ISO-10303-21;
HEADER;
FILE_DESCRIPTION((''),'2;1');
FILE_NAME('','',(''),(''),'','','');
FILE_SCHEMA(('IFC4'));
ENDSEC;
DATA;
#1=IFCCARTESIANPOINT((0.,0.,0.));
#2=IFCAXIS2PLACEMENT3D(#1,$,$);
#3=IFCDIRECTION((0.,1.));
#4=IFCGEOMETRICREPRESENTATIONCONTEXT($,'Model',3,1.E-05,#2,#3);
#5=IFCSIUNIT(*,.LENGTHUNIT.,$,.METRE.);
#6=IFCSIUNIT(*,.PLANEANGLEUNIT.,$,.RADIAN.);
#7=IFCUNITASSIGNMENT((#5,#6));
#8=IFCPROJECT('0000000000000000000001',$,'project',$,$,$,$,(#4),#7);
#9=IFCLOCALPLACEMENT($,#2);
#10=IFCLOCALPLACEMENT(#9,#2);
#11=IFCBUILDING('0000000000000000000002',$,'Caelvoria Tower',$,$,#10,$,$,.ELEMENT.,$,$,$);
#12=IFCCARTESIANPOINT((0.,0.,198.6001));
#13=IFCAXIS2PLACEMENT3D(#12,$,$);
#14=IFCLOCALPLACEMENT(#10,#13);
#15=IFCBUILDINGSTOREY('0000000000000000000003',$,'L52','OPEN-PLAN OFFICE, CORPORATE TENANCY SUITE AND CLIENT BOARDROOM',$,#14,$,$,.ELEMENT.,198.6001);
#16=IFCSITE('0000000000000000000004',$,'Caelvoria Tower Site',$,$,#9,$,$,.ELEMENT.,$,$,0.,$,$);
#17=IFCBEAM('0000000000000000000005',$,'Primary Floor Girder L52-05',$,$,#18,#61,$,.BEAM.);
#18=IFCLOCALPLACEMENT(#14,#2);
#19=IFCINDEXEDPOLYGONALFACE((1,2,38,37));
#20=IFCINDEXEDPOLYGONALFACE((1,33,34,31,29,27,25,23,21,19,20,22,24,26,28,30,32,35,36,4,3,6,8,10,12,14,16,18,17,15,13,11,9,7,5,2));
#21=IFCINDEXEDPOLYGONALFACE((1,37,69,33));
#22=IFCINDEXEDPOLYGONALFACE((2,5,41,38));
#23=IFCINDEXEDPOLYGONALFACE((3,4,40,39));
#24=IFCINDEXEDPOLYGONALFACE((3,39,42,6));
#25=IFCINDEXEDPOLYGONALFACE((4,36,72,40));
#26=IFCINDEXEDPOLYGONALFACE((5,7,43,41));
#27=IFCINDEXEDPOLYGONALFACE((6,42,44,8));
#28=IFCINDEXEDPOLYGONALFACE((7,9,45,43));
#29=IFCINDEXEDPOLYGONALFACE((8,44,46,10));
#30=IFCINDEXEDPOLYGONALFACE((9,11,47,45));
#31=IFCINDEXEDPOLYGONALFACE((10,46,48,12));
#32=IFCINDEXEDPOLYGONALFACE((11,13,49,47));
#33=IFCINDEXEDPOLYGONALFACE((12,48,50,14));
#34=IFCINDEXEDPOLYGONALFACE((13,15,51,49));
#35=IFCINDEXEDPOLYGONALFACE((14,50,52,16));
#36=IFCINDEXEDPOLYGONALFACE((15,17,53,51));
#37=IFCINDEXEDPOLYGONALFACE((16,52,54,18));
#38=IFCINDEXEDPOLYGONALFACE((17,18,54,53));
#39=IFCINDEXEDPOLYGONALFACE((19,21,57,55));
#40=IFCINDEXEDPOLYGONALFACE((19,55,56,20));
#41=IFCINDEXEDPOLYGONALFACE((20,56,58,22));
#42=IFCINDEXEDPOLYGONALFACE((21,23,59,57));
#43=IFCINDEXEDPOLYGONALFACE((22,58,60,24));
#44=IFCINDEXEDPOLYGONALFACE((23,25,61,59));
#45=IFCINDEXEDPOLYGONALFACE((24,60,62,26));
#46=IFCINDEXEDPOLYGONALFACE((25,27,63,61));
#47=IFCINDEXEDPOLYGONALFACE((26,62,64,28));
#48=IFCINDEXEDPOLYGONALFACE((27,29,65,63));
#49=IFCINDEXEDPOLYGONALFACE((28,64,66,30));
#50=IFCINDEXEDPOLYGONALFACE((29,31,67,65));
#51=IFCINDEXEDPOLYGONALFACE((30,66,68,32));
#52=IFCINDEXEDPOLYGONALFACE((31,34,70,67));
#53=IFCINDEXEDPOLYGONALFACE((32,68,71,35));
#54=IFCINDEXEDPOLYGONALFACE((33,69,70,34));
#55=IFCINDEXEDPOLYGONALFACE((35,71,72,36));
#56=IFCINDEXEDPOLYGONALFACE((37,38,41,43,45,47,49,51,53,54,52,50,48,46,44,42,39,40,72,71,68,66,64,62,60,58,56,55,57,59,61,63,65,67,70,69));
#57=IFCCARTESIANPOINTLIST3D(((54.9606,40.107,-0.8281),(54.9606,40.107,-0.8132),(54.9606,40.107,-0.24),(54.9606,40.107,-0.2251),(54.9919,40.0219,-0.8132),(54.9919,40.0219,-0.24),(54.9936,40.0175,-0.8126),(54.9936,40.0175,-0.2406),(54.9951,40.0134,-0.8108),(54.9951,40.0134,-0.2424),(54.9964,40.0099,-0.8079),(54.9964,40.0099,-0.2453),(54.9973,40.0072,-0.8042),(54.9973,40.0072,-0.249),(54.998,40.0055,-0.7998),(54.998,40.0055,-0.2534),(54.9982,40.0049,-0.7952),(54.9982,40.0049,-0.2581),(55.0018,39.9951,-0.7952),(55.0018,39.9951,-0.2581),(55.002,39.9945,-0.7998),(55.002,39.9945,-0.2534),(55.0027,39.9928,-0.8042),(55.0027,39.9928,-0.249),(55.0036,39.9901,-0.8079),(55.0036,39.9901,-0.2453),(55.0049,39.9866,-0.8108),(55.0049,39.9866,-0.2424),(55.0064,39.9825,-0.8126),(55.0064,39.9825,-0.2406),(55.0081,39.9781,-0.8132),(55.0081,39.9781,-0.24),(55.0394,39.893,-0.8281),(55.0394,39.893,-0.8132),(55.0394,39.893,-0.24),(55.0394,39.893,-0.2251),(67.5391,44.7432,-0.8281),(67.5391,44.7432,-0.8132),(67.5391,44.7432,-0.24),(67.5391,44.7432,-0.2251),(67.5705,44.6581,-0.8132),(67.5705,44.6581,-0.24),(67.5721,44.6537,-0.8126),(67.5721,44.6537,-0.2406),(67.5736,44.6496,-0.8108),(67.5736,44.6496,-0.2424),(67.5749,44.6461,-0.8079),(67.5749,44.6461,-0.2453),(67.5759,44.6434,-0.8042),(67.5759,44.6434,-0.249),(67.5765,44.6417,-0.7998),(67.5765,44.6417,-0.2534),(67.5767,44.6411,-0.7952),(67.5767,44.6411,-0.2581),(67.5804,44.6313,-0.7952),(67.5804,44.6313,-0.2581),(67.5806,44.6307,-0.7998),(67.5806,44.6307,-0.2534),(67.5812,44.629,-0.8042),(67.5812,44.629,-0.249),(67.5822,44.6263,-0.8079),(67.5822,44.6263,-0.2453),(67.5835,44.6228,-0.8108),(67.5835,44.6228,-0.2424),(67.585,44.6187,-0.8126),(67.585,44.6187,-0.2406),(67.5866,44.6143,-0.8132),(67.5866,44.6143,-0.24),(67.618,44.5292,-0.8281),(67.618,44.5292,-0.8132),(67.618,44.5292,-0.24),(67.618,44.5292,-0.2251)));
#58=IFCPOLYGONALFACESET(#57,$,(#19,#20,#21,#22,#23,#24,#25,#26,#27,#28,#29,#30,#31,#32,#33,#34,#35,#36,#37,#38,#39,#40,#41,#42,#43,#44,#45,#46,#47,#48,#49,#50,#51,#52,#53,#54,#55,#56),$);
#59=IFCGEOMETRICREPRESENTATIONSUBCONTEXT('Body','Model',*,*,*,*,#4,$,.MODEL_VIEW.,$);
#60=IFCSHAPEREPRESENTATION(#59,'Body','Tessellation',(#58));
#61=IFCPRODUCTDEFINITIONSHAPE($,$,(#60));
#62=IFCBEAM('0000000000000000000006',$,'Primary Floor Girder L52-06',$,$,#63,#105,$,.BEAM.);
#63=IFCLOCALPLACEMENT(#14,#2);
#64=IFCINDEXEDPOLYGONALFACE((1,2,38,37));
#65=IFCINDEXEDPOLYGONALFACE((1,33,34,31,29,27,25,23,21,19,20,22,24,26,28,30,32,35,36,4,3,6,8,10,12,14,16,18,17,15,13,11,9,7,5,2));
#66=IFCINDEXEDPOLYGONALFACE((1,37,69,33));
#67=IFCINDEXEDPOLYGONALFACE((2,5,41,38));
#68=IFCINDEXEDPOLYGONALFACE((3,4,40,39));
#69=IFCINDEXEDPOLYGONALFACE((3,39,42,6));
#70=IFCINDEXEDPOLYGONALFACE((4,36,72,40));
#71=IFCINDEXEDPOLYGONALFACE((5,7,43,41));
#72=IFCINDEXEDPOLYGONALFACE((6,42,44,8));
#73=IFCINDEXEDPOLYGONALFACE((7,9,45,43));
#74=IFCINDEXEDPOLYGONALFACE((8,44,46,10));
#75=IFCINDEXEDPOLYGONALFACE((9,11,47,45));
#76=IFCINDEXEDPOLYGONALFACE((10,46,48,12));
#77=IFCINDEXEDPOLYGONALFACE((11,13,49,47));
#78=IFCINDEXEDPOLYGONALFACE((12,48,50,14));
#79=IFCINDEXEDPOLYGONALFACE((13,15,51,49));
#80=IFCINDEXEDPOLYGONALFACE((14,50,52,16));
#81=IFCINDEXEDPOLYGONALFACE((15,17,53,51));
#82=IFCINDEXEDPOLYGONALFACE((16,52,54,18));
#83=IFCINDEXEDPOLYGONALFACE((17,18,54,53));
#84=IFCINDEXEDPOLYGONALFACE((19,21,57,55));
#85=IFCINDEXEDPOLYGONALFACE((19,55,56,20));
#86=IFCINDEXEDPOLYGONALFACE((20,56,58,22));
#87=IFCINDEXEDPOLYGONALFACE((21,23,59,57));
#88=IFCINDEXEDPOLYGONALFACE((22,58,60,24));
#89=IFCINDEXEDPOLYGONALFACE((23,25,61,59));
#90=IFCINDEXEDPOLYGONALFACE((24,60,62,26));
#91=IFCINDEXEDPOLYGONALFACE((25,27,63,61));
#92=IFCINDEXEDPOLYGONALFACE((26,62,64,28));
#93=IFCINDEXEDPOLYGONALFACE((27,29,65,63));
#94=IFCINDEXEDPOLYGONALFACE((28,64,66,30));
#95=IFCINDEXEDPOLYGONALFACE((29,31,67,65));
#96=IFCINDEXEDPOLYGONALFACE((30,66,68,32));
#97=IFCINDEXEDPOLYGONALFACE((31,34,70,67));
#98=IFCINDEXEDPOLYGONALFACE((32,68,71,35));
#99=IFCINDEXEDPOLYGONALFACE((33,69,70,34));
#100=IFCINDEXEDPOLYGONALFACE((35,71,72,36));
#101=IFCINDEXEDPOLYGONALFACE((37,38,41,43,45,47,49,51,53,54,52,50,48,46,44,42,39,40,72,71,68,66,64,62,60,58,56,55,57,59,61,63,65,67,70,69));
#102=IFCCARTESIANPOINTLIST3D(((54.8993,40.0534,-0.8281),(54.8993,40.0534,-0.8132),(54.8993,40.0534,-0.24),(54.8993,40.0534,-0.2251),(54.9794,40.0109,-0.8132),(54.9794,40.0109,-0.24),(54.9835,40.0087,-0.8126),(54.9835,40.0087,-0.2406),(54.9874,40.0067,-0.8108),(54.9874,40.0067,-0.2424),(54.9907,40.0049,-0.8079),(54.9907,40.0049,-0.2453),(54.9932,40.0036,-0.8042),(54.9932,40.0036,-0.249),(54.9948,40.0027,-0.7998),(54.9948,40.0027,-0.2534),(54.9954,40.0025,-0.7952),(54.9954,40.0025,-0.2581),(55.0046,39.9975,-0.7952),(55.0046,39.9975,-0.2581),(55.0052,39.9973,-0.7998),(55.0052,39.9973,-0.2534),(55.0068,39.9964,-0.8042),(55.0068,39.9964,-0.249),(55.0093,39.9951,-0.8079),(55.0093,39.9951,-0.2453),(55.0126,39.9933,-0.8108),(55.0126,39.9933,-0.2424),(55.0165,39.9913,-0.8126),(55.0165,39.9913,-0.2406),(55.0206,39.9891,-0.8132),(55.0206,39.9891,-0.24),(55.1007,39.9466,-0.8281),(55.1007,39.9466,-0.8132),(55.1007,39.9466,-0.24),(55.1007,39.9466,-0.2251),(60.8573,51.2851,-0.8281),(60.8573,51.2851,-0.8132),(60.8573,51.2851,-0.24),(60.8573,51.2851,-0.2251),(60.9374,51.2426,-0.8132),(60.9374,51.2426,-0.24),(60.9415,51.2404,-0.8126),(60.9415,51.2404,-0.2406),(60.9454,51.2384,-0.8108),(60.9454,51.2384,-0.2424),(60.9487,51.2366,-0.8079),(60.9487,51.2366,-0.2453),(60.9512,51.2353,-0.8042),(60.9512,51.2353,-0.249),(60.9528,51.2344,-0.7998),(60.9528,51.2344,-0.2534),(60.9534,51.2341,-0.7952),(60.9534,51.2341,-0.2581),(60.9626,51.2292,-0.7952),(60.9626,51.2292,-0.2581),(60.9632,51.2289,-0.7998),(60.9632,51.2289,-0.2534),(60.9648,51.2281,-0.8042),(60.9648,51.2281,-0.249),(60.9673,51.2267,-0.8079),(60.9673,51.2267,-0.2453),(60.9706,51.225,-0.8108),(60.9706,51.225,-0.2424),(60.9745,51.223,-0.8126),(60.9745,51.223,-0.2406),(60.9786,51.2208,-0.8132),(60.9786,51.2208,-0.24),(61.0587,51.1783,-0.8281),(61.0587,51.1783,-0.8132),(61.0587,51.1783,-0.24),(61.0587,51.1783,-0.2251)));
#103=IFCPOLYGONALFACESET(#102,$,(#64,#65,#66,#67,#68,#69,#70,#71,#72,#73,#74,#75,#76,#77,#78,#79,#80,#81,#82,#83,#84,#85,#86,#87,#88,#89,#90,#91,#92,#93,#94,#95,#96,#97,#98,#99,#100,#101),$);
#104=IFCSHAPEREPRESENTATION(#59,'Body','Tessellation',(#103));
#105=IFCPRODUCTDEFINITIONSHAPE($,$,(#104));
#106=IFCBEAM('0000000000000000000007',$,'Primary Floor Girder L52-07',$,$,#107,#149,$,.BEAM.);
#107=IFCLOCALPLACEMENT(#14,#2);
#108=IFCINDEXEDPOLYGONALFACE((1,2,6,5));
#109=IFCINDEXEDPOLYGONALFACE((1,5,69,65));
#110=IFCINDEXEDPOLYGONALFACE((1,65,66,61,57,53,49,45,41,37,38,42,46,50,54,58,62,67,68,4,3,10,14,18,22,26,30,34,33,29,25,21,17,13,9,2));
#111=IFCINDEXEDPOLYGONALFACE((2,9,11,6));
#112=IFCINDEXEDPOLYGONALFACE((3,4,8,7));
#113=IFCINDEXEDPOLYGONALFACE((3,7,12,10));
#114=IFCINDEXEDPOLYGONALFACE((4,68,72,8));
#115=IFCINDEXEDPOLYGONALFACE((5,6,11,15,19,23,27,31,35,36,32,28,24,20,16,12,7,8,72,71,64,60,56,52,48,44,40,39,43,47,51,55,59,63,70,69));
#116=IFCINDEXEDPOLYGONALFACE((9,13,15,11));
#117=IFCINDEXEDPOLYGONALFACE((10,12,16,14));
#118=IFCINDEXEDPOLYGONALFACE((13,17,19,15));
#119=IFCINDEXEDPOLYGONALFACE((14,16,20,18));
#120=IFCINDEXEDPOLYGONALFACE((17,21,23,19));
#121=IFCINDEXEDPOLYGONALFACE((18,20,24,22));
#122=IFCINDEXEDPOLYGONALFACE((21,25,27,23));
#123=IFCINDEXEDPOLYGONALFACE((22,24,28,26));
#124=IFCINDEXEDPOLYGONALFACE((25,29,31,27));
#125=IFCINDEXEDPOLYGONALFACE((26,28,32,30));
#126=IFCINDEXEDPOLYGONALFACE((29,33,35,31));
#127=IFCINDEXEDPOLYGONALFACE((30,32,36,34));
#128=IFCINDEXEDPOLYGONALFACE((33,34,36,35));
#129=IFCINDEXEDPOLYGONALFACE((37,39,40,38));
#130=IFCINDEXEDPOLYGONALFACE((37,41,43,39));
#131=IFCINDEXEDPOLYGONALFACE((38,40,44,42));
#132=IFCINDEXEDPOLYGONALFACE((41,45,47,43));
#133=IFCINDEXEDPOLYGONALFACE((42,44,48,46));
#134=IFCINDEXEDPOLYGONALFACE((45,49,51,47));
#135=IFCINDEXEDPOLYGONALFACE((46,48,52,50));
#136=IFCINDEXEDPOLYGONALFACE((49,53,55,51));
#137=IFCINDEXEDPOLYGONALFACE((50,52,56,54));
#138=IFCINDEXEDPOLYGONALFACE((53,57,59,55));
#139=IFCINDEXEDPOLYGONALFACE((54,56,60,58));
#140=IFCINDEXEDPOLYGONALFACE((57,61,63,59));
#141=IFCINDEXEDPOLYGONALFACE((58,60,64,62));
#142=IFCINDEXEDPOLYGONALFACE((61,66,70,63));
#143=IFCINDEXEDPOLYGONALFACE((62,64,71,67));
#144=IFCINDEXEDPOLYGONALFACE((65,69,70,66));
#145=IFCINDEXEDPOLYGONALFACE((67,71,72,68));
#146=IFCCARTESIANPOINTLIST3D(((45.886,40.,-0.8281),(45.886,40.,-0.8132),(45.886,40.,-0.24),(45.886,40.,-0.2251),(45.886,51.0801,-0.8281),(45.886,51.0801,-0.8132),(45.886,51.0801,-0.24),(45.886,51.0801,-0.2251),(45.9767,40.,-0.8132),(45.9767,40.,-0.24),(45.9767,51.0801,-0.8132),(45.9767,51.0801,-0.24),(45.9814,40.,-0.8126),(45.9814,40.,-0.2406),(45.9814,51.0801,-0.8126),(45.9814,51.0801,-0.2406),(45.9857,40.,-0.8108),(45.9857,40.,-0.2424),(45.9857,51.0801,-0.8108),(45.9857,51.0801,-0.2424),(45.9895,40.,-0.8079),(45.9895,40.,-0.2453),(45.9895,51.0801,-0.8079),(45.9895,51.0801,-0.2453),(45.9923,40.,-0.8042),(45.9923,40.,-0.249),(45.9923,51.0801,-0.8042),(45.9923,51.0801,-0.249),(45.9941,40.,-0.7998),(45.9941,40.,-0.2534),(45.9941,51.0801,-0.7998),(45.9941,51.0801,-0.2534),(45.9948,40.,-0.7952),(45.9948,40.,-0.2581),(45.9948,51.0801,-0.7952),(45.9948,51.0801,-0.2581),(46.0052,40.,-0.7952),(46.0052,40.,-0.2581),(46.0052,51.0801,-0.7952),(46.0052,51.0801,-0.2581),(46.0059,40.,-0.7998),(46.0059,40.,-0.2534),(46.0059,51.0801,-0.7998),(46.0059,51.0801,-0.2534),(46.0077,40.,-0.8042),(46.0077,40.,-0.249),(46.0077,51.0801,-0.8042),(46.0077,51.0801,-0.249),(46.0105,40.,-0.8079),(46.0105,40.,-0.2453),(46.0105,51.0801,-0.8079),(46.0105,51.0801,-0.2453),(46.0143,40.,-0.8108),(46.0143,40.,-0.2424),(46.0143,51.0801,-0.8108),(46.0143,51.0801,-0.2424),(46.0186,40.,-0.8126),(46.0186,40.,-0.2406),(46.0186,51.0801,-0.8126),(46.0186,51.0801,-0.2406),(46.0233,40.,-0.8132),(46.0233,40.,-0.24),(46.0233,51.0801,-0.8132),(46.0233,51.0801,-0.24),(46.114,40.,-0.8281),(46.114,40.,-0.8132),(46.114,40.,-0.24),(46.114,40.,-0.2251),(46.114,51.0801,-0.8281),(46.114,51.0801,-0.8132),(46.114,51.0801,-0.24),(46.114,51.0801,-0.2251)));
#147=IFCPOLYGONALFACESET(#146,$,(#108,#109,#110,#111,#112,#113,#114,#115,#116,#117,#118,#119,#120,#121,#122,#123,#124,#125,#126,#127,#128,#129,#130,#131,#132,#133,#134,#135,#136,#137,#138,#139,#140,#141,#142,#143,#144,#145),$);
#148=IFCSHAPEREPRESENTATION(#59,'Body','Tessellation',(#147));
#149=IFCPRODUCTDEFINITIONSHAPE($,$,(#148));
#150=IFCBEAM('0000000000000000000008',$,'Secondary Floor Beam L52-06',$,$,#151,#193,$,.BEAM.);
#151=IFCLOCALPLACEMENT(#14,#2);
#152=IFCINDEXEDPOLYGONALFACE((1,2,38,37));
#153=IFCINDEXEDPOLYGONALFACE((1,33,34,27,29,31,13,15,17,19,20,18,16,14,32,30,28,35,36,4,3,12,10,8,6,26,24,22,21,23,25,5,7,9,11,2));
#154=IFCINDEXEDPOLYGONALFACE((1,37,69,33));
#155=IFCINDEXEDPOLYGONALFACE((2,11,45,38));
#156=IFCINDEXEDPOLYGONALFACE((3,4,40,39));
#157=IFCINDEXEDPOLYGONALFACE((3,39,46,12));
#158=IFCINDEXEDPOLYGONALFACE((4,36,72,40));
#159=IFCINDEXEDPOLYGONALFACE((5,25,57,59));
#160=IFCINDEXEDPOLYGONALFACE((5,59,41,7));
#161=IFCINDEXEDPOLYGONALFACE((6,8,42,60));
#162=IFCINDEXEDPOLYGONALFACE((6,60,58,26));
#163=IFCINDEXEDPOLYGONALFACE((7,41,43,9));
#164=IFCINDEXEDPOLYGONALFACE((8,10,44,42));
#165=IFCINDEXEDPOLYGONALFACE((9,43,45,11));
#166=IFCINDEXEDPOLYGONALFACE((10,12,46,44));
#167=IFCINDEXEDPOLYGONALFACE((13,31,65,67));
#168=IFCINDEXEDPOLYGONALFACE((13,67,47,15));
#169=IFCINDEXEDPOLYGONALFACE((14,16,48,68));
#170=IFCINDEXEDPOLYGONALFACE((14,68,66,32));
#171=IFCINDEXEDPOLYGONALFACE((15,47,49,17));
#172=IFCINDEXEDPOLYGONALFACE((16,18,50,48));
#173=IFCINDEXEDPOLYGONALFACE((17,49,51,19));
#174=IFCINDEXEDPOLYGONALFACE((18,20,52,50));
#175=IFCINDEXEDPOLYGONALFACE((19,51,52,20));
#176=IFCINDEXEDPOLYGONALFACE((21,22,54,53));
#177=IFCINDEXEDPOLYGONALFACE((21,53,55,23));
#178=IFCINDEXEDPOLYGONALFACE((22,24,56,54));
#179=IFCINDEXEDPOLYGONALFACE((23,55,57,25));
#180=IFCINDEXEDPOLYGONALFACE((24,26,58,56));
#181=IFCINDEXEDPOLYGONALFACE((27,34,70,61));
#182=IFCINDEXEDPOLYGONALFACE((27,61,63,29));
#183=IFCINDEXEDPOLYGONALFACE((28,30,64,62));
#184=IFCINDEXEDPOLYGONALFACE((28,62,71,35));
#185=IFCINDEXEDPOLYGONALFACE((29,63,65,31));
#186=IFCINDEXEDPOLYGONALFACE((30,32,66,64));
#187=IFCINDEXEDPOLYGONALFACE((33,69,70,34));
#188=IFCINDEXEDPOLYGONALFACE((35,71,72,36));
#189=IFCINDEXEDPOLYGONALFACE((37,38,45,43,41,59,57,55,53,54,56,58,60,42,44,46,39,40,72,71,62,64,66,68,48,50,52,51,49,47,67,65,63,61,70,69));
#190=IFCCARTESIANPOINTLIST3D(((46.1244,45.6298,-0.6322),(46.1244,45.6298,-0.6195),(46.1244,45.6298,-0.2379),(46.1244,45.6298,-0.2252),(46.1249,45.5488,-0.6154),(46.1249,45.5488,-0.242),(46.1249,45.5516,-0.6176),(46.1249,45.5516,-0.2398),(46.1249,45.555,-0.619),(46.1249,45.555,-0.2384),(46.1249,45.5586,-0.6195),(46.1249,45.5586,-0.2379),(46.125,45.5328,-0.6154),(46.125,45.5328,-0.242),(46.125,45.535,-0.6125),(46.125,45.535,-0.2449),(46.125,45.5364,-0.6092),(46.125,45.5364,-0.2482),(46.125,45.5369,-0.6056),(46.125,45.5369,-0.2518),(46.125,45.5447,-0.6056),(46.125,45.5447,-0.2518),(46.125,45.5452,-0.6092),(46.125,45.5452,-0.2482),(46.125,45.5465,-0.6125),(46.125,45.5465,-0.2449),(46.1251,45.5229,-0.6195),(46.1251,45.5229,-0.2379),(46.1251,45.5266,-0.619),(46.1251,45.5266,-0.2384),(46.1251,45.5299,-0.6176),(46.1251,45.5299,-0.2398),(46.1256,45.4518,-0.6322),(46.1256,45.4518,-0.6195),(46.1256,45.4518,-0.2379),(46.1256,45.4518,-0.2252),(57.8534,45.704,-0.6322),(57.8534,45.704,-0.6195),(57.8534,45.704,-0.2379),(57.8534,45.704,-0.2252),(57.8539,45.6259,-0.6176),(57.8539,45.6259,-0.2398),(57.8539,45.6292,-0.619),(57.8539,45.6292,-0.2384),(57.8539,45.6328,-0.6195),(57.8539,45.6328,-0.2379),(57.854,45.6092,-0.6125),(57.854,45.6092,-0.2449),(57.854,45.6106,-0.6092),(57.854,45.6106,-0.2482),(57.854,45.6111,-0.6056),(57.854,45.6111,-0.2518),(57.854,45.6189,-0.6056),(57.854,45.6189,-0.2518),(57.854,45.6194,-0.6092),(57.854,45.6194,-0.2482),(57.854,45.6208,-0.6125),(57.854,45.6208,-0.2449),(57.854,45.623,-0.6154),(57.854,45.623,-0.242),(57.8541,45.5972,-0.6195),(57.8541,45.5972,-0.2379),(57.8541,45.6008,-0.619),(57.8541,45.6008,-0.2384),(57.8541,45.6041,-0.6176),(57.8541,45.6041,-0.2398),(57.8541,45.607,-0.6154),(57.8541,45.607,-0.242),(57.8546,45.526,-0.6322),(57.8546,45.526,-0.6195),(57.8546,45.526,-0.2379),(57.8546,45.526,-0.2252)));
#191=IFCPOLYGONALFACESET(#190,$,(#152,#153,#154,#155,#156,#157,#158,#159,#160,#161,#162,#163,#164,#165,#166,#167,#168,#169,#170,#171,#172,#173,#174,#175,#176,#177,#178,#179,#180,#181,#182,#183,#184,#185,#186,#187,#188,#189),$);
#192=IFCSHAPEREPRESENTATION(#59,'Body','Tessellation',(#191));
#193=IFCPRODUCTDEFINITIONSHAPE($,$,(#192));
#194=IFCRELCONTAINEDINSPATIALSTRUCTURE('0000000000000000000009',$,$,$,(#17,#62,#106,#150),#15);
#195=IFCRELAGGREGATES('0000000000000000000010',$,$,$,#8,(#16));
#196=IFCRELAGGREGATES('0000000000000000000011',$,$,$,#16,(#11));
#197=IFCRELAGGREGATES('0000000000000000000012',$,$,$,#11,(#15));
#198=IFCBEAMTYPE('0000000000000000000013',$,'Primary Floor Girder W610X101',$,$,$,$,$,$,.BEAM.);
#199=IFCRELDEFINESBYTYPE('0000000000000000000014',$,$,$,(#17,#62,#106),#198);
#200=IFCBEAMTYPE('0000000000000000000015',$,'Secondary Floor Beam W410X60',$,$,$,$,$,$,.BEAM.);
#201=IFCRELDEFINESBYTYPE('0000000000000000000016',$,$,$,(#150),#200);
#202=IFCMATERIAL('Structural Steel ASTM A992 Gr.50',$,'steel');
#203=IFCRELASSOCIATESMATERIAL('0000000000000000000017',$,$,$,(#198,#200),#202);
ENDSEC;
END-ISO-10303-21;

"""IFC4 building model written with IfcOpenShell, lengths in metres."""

from ifc_helpers import new_model, si_unit, direction, frame, origin, origin_2d, place, context, subcontext, project, spatial, i_section, extrude, material, material_profile, profile_set, type_object, element, save


model = new_model("IFC4")

# Units and contexts
model_context = context("Model", 3, precision=1e-05, world=origin(), true_north=direction((0.0, 1.0)))
body_context = subcontext(model_context, "Body", "Model", "MODEL_VIEW")
ifc_project = project(units=[si_unit("LENGTHUNIT", "METRE"), si_unit("PLANEANGLEUNIT", "RADIAN")], contexts=[model_context])

# Site, building, storey
site_placement = place(None, origin())
site = spatial("IfcSite", under=ifc_project, at=site_placement, Name="Caelvoria Tower Site", CompositionType="ELEMENT", RefElevation=0.0)
building_placement = place(site_placement, origin())
building = spatial("IfcBuilding", under=site, at=building_placement, Name="Caelvoria Tower", CompositionType="ELEMENT")
storey_placement = place(building_placement, frame((0.0, 0.0, 198.6001)))
storey = spatial("IfcBuildingStorey", under=building, at=storey_placement, Name="L52", Description="OPEN-PLAN OFFICE, CORPORATE TENANCY SUITE AND CLIENT BOARDROOM", CompositionType="ELEMENT", Elevation=198.6001)

# Shared definitions
ifc_material_1 = material(Name="Structural Steel ASTM A992 Gr.50", Category="steel")

# Beams
ifc_material_profile_1 = material_profile(ifc_material_1, i_section(OverallWidth=0.228, OverallDepth=0.603, WebThickness=0.0105, FlangeThickness=0.0149, FilletRadius=0.0181, at=origin_2d()), Name="Structural Steel ASTM A992 Gr.50")
ifc_profile_set_1 = profile_set([ifc_material_profile_1], Name="W610X101 - Structural Steel ASTM A992 Gr.50")
beam_type_1 = type_object("IfcBeamType", Name="Primary Floor Girder W610X101", PredefinedType="BEAM", material=ifc_profile_set_1)
beam_1_placement = place(storey_placement, frame((55.0, 40.0, -0.5266), z_axis=(0.938295, 0.345837, 0.0), x_axis=(-0.345837, 0.938295, 0.0)))
element("IfcBeam", 1, at=beam_1_placement, inside=storey, type_object=beam_type_1, Name="Primary Floor Girder L52-05", PredefinedType="BEAM", context=body_context, shape_type="SweptSolid", body=[
    extrude(i_section(OverallWidth=0.228, OverallDepth=0.603, WebThickness=0.0105, FlangeThickness=0.0149, FilletRadius=0.0181, at=origin_2d()), origin(), (0.0, 0.0, 1.0), 13.4058),
])
beam_2_placement = place(storey_placement, frame((55.0, 40.0, -0.5266), z_axis=(0.468614, 0.883403, 0.0), x_axis=(-0.883403, 0.468614, 0.0)))
element("IfcBeam", 2, at=beam_2_placement, inside=storey, type_object=beam_type_1, Name="Primary Floor Girder L52-06", PredefinedType="BEAM", context=body_context, shape_type="SweptSolid", body=[
    extrude(i_section(OverallWidth=0.228, OverallDepth=0.603, WebThickness=0.0105, FlangeThickness=0.0149, FilletRadius=0.0181, at=origin_2d()), origin(), (0.0, 0.0, 1.0), 12.7141),
])
beam_3_placement = place(storey_placement, frame((46.0, 40.0, -0.5266), z_axis=(0.0, 1.0, 0.0), x_axis=(-1.0, 0.0, 0.0)))
element("IfcBeam", 3, at=beam_3_placement, inside=storey, type_object=beam_type_1, Name="Primary Floor Girder L52-07", PredefinedType="BEAM", context=body_context, shape_type="SweptSolid", body=[
    extrude(i_section(OverallWidth=0.228, OverallDepth=0.603, WebThickness=0.0105, FlangeThickness=0.0149, FilletRadius=0.0181, at=origin_2d()), origin(), (0.0, 0.0, 1.0), 11.0801),
])
ifc_material_profile_2 = material_profile(ifc_material_1, i_section(OverallWidth=0.178, OverallDepth=0.407, WebThickness=0.0078, FlangeThickness=0.0127, FilletRadius=0.0139, at=origin_2d()), Name="Structural Steel ASTM A992 Gr.50")
ifc_profile_set_2 = profile_set([ifc_material_profile_2], Name="W410X60 - Structural Steel ASTM A992 Gr.50")
beam_type_2 = type_object("IfcBeamType", Name="Secondary Floor Beam W410X60", PredefinedType="BEAM", material=ifc_profile_set_2)
beam_4_placement = place(storey_placement, frame((57.854, 45.615, -0.4287), z_axis=(-0.99998, -0.006328, 0.0), x_axis=(0.006328, -0.99998, 0.0)))
element("IfcBeam", 4, at=beam_4_placement, inside=storey, type_object=beam_type_2, Name="Secondary Floor Beam L52-06", PredefinedType="BEAM", context=body_context, shape_type="SweptSolid", body=[
    extrude(i_section(OverallWidth=0.178, OverallDepth=0.407, WebThickness=0.0078, FlangeThickness=0.0127, FilletRadius=0.0139, at=origin_2d()), origin(), (0.0, 0.0, 1.0), 11.7292),
])

save(model, "model.ifc")
